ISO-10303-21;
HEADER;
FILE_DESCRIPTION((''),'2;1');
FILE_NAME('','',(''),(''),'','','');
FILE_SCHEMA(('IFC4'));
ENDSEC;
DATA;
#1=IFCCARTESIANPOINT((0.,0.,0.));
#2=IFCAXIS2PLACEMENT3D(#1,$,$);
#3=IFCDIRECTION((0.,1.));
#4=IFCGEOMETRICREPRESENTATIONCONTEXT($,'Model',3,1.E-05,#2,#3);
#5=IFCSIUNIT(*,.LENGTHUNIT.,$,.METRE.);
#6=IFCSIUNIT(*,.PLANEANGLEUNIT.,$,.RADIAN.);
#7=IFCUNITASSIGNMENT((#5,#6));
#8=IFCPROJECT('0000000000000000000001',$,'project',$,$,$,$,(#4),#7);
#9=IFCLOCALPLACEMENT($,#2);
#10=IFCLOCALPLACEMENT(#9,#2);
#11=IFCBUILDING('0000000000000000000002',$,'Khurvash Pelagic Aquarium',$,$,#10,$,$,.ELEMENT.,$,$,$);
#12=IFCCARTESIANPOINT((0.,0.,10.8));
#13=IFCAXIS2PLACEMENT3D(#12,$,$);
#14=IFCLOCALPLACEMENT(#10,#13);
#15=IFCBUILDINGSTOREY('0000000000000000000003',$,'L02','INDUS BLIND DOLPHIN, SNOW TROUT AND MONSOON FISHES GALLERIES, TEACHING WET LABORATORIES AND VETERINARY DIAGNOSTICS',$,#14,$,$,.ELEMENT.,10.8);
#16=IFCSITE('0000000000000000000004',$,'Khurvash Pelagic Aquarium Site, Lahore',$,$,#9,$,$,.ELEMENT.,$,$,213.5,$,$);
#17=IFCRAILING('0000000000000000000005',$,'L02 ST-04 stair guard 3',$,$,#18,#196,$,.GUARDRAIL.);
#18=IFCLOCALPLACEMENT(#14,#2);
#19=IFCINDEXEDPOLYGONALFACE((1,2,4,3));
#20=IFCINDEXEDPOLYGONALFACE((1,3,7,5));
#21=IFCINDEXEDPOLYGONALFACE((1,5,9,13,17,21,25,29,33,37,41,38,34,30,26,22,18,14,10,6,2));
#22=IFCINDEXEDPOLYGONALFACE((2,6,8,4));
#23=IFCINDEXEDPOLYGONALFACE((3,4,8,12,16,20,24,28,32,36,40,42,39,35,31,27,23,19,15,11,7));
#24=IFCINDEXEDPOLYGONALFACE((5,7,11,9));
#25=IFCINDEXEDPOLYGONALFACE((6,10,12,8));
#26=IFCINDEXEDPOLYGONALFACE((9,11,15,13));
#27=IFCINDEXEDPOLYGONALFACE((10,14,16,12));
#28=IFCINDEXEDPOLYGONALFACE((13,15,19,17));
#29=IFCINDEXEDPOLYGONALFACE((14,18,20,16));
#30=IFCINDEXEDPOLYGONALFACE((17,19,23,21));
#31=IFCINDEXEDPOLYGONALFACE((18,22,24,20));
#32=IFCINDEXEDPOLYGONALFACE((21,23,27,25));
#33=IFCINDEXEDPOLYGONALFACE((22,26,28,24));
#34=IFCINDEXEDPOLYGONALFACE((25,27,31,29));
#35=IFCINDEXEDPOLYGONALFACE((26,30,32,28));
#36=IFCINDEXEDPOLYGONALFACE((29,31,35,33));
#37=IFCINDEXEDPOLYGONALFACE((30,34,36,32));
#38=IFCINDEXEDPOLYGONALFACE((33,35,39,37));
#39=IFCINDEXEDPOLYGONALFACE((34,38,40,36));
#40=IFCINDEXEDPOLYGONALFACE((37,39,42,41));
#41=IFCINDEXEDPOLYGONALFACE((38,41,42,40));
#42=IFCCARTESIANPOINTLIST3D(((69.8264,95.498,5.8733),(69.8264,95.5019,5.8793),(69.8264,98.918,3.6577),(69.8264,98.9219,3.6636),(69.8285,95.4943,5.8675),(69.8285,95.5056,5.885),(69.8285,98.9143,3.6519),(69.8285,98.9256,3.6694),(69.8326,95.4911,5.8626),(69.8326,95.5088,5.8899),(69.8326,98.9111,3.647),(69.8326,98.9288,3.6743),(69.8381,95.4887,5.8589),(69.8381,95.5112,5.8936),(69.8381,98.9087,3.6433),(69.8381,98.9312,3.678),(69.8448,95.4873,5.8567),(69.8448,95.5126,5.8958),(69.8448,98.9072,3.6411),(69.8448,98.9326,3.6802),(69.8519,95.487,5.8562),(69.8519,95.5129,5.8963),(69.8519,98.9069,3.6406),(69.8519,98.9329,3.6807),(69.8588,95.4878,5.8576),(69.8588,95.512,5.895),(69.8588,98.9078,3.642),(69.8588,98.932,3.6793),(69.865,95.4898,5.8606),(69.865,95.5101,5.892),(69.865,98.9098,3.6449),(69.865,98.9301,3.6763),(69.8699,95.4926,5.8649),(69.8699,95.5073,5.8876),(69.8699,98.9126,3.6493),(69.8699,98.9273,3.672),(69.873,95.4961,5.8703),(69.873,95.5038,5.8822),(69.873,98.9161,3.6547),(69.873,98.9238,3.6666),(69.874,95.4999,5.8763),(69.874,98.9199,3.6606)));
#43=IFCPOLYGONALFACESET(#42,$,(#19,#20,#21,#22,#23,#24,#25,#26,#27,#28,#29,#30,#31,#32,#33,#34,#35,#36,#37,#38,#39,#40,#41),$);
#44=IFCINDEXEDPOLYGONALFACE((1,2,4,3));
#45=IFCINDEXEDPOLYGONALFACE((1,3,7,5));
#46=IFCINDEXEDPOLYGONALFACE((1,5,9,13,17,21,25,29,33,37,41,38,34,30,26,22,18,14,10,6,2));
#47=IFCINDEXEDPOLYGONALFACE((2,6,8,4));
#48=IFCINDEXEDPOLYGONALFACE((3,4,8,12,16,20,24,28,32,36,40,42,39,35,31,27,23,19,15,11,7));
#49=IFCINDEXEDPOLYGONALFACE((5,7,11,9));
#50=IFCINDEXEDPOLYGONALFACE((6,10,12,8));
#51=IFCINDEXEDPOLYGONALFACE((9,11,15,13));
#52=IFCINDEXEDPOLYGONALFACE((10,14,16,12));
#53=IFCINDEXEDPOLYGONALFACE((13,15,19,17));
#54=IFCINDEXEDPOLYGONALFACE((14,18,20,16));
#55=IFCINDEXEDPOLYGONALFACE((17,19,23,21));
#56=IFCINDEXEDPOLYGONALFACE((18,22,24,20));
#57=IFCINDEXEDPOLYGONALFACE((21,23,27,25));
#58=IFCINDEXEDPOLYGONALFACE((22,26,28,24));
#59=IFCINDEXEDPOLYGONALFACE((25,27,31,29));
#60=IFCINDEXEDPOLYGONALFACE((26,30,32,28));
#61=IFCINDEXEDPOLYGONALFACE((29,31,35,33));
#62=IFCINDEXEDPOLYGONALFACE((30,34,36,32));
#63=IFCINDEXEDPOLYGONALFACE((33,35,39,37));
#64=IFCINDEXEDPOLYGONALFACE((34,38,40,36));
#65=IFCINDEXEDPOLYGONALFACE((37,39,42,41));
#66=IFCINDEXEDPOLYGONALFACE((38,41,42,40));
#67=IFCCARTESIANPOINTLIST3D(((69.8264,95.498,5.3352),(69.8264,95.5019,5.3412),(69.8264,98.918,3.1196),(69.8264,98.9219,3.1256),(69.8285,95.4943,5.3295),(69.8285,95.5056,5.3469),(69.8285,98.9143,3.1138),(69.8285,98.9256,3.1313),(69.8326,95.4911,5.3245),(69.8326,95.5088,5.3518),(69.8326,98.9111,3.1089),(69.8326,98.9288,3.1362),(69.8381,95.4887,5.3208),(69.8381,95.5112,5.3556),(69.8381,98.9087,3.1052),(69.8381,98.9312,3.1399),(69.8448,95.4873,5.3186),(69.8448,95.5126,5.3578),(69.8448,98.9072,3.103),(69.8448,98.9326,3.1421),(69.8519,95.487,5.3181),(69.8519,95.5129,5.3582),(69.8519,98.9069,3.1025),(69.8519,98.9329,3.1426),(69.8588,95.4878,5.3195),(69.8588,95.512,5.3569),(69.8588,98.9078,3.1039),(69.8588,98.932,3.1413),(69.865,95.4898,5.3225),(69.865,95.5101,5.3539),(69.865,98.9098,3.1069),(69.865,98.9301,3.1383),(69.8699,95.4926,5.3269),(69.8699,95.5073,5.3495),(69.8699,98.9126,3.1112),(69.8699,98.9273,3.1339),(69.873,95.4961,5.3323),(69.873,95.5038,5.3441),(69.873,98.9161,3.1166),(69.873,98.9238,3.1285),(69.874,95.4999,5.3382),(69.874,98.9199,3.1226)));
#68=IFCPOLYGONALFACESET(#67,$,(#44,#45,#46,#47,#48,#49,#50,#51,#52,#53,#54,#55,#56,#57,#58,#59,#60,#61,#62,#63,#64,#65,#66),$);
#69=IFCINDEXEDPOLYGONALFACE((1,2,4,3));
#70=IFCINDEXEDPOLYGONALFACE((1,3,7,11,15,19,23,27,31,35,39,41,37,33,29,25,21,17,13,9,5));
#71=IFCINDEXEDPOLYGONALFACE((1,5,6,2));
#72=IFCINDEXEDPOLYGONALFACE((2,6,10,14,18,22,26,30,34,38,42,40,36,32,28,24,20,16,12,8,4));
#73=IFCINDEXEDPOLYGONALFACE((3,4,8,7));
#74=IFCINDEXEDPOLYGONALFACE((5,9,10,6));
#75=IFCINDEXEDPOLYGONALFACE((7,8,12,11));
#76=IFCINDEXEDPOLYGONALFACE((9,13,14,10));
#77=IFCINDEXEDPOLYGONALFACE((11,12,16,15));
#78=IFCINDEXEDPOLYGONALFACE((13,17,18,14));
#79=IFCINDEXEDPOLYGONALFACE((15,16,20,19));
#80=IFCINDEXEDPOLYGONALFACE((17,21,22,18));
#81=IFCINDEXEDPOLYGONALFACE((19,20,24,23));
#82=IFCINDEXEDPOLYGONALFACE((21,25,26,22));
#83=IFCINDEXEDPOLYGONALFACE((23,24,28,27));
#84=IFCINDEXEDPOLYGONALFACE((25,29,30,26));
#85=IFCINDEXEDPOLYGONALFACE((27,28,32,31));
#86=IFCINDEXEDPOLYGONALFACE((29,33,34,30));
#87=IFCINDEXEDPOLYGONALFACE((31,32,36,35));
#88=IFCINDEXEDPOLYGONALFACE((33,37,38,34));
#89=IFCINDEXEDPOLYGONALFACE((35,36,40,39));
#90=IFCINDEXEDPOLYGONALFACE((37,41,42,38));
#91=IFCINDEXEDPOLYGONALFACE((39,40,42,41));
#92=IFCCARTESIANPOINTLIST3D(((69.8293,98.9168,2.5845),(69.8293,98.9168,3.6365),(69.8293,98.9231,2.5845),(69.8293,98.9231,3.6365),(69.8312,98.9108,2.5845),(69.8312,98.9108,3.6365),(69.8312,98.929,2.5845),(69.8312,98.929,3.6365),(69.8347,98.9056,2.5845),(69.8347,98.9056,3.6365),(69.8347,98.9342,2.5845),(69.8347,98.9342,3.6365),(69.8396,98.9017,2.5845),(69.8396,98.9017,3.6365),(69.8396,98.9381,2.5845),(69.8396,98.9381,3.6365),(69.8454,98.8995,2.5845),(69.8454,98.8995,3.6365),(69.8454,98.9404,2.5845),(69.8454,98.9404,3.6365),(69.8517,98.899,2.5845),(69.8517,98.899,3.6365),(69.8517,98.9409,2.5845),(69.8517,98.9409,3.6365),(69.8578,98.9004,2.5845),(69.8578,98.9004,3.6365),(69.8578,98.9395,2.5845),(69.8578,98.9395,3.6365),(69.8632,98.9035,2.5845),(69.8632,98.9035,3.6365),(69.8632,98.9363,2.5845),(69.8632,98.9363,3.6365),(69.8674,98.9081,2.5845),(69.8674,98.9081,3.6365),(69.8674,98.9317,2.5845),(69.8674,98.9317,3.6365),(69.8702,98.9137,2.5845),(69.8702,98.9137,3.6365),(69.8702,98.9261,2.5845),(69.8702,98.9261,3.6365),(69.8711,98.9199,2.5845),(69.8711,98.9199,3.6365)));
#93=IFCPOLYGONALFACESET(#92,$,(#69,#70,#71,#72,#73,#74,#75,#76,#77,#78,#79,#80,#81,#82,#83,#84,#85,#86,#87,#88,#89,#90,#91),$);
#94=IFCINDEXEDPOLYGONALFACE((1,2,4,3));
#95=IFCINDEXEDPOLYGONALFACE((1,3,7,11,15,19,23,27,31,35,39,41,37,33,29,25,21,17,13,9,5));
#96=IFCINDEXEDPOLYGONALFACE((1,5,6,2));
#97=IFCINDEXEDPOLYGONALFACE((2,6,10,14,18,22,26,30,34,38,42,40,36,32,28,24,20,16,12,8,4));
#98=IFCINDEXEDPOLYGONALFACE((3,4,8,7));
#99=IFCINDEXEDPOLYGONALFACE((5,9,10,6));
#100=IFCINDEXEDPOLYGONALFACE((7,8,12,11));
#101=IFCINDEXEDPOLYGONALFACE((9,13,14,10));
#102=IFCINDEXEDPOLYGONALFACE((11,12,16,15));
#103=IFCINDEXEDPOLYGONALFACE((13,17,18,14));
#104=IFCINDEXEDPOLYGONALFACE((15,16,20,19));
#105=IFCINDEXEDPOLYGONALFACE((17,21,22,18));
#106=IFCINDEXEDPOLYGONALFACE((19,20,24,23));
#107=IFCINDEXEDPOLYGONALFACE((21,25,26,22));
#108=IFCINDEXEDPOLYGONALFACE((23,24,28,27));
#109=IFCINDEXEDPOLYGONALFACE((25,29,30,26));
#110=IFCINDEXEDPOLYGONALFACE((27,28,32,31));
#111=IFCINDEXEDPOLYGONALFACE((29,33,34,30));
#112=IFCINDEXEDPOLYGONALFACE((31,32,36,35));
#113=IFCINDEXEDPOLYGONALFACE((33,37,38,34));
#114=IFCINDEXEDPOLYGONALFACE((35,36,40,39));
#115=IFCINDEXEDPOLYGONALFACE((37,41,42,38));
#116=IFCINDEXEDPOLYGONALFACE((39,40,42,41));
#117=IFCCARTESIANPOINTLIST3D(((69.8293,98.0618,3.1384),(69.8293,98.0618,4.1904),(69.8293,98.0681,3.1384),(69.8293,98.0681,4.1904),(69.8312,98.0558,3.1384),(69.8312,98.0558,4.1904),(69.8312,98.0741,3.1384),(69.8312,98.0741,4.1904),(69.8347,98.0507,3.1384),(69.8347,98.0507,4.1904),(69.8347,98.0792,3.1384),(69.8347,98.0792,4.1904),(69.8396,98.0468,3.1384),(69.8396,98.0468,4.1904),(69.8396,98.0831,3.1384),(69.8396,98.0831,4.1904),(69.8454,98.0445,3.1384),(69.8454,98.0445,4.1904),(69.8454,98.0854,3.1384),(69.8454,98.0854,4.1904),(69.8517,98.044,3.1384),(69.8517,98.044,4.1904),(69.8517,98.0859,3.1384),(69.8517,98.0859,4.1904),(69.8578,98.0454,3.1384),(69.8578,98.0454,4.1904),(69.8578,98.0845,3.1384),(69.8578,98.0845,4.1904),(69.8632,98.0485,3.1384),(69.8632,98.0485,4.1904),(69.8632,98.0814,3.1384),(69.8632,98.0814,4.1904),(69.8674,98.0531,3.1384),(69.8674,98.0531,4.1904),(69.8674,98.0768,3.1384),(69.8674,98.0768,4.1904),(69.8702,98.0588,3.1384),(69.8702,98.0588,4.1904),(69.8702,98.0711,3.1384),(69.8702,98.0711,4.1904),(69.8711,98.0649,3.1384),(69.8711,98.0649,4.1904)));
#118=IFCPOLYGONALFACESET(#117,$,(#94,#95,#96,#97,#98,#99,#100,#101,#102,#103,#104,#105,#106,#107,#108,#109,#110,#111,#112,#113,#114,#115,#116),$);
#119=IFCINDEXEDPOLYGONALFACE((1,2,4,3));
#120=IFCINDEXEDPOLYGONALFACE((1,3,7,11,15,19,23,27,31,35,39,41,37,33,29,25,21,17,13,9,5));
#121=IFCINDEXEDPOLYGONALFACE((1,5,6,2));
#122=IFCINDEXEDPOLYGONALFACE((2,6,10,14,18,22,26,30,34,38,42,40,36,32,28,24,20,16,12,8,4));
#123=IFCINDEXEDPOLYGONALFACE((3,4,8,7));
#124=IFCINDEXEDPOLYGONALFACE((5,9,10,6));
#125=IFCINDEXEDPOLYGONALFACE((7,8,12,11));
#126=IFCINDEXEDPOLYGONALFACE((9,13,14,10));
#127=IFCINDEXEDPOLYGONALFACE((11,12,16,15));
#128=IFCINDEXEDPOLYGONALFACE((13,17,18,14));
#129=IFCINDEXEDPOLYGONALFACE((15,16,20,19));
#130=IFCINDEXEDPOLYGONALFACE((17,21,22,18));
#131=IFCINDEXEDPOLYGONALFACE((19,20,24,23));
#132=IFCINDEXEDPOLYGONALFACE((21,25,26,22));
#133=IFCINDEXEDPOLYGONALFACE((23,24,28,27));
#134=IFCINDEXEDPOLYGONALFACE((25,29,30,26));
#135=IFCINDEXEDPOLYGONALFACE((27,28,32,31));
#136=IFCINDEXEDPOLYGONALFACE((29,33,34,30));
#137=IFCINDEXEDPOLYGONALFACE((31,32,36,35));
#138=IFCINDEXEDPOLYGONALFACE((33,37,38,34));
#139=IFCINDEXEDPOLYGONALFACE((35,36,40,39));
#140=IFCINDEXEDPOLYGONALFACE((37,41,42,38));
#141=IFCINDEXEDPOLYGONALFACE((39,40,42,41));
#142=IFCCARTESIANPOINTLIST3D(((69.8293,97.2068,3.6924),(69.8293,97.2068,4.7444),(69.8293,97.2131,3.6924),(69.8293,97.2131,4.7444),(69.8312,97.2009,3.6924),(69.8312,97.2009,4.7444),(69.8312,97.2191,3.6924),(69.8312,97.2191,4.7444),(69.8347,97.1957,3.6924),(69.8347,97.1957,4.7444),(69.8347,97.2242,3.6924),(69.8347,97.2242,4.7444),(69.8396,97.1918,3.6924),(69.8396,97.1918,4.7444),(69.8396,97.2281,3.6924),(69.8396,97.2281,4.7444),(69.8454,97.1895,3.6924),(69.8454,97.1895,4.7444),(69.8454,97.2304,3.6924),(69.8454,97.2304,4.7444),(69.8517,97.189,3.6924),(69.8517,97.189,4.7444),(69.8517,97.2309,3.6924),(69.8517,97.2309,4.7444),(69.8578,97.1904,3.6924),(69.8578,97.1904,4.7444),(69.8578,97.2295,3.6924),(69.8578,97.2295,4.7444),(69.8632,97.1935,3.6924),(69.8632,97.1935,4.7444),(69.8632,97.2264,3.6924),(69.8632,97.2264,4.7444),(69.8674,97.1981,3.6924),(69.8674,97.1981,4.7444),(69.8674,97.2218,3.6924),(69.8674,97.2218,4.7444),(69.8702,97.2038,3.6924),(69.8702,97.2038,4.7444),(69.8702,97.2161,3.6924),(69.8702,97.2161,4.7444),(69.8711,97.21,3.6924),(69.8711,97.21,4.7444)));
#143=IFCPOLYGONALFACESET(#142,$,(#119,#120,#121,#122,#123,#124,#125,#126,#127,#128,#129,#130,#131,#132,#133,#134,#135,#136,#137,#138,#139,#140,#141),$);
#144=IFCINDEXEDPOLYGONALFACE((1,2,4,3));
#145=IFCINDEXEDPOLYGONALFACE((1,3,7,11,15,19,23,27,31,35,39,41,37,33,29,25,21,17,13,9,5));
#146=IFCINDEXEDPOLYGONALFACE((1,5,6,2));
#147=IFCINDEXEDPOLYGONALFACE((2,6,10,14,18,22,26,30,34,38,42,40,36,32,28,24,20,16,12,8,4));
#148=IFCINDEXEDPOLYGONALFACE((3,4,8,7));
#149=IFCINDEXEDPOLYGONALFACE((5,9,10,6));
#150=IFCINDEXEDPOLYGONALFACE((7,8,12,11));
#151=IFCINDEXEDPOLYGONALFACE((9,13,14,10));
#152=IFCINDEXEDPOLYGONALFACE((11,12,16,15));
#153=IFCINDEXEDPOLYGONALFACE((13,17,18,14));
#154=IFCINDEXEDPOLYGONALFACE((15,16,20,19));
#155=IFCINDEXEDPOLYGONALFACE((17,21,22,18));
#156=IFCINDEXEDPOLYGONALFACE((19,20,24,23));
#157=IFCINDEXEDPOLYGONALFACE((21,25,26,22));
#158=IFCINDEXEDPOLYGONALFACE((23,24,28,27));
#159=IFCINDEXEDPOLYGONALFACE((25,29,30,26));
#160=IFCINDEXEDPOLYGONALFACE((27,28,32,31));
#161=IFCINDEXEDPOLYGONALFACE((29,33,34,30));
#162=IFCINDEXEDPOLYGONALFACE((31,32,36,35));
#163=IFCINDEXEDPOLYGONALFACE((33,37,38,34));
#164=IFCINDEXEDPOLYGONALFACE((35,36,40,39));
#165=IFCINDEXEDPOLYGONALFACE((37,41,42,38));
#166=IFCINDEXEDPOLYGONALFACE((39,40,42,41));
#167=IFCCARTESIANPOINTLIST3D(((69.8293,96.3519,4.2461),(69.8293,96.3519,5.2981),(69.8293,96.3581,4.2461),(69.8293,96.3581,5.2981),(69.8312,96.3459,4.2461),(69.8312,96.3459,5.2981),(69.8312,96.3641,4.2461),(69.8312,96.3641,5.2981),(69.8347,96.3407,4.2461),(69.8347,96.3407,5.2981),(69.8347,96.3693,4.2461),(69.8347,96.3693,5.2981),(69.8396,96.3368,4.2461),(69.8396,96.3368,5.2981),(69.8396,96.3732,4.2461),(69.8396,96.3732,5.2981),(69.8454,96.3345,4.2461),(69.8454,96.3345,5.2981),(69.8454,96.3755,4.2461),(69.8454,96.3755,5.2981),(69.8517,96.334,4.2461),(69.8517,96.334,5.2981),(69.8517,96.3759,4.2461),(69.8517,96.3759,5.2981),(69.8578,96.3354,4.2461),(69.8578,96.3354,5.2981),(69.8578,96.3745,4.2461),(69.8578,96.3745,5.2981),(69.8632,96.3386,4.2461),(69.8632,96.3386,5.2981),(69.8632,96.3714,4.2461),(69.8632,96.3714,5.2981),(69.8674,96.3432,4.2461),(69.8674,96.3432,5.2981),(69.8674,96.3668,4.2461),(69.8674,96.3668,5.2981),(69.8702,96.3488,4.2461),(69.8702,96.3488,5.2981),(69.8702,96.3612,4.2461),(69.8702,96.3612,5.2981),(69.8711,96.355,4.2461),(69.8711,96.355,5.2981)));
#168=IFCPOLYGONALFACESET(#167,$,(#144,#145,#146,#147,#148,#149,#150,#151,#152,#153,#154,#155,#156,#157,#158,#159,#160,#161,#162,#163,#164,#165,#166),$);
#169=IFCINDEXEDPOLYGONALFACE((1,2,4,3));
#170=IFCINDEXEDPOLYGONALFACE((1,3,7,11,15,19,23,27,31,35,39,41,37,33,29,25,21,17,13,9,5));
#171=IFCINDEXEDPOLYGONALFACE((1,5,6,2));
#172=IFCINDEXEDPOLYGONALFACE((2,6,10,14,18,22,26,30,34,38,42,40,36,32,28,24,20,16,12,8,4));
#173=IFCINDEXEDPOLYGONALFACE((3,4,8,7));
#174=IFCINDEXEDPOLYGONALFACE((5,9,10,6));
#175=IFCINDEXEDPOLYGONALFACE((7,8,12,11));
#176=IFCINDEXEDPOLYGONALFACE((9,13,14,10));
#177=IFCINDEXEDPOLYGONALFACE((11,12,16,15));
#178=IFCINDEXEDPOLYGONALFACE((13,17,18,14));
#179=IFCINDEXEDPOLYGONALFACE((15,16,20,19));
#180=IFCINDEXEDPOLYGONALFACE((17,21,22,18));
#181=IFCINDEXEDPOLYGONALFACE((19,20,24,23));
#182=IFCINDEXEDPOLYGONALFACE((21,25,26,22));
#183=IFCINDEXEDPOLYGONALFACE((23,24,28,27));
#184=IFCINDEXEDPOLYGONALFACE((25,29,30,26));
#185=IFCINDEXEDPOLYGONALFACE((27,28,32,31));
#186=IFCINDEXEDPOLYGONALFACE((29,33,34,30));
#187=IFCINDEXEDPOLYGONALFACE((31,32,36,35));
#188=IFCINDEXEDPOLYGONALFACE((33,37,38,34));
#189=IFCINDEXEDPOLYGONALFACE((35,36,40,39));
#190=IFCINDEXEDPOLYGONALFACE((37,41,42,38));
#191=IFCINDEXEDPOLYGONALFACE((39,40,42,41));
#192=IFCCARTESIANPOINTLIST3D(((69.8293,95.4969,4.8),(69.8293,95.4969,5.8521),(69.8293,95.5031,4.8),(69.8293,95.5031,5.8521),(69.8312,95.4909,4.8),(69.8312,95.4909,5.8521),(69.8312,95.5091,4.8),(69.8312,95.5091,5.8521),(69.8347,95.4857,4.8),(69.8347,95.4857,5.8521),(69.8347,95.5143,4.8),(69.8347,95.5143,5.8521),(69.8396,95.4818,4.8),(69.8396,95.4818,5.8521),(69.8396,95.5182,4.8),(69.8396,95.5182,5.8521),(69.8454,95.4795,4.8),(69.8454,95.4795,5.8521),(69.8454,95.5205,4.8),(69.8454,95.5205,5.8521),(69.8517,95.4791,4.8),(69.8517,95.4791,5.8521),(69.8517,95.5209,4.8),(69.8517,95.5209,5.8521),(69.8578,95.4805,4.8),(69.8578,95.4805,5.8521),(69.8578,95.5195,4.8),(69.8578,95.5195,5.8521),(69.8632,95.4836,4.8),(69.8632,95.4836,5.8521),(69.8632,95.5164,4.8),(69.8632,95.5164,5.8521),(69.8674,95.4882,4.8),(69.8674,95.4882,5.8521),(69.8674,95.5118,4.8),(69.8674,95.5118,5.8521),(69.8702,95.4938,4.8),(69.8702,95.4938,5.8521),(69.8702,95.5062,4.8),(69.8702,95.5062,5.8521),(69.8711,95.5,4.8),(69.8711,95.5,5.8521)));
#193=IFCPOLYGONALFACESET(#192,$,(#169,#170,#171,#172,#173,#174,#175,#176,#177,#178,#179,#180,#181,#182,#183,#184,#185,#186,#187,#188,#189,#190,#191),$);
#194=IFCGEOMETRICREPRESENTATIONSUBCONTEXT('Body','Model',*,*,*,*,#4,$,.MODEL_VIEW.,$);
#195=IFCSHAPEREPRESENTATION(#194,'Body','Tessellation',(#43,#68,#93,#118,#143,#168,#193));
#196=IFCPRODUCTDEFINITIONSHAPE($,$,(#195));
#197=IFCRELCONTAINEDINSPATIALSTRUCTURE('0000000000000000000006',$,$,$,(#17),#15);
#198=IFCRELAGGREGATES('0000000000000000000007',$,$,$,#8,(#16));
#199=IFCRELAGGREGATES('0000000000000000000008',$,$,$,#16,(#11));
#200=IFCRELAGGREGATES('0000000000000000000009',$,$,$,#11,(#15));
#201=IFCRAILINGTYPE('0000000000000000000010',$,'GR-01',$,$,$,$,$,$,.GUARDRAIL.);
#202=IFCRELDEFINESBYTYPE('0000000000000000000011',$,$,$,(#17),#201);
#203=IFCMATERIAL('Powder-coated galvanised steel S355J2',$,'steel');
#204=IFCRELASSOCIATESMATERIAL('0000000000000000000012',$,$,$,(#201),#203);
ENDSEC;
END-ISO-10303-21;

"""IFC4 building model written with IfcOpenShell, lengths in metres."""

from ifc_helpers import new_model, si_unit, direction, frame, origin, origin_2d, place, context, subcontext, project, spatial, circle, extrude, material, type_object, element, save


model = new_model("IFC4")

# Units and contexts
model_context = context("Model", 3, precision=1e-05, world=origin(), true_north=direction((0.0, 1.0)))
body_context = subcontext(model_context, "Body", "Model", "MODEL_VIEW")
ifc_project = project(units=[si_unit("LENGTHUNIT", "METRE"), si_unit("PLANEANGLEUNIT", "RADIAN")], contexts=[model_context])

# Site, building, storey
site_placement = place(None, origin())
site = spatial("IfcSite", under=ifc_project, at=site_placement, Name="Khurvash Pelagic Aquarium Site, Lahore", CompositionType="ELEMENT", RefElevation=213.5)
building_placement = place(site_placement, origin())
building = spatial("IfcBuilding", under=site, at=building_placement, Name="Khurvash Pelagic Aquarium", CompositionType="ELEMENT")
storey_placement = place(building_placement, frame((0.0, 0.0, 10.8)))
storey = spatial("IfcBuildingStorey", under=building, at=storey_placement, Name="L02", Description="INDUS BLIND DOLPHIN, SNOW TROUT AND MONSOON FISHES GALLERIES, TEACHING WET LABORATORIES AND VETERINARY DIAGNOSTICS", CompositionType="ELEMENT", Elevation=10.8)

# Railing
ifc_material_1 = material(Name="Powder-coated galvanised steel S355J2", Category="steel")
railing_type_1 = type_object("IfcRailingType", Name="GR-01", PredefinedType="GUARDRAIL", material=ifc_material_1)
railing_1_placement = place(storey_placement, frame((69.8501, 98.9199, 2.5845)))
element("IfcRailing", 1, at=railing_1_placement, inside=storey, type_object=railing_type_1, Name="L02 ST-04 stair guard 3", PredefinedType="GUARDRAIL", context=body_context, shape_type="SweptSolid", body=[
    extrude(circle(Radius=0.0239, at=origin_2d()), frame((0.0, 0.0, 1.0762), z_axis=(0.0, -0.839269, 0.543716), x_axis=(1.0, 0.0, 0.0)), (0.0, 0.0, 1.0), 4.075),
    extrude(circle(Radius=0.0239, at=origin_2d()), frame((0.0, 0.0, 0.5381), z_axis=(0.0, -0.839269, 0.543716), x_axis=(1.0, 0.0, 0.0)), (0.0, 0.0, 1.0), 4.075),
    extrude(circle(Radius=0.021, at=origin_2d()), origin(), (0.0, 0.0, 1.0), 1.052),
    extrude(circle(Radius=0.021, at=origin_2d()), frame((0.0, -0.855, 0.554)), (0.0, 0.0, 1.0), 1.052),
    extrude(circle(Radius=0.021, at=origin_2d()), frame((0.0, -1.71, 1.1079)), (0.0, 0.0, 1.0), 1.052),
    extrude(circle(Radius=0.021, at=origin_2d()), frame((0.0, -2.5649, 1.6616)), (0.0, 0.0, 1.0), 1.052),
    extrude(circle(Radius=0.021, at=origin_2d()), frame((0.0, -3.4199, 2.2156)), (0.0, 0.0, 1.0), 1.052),
])

save(model, "model.ifc")
